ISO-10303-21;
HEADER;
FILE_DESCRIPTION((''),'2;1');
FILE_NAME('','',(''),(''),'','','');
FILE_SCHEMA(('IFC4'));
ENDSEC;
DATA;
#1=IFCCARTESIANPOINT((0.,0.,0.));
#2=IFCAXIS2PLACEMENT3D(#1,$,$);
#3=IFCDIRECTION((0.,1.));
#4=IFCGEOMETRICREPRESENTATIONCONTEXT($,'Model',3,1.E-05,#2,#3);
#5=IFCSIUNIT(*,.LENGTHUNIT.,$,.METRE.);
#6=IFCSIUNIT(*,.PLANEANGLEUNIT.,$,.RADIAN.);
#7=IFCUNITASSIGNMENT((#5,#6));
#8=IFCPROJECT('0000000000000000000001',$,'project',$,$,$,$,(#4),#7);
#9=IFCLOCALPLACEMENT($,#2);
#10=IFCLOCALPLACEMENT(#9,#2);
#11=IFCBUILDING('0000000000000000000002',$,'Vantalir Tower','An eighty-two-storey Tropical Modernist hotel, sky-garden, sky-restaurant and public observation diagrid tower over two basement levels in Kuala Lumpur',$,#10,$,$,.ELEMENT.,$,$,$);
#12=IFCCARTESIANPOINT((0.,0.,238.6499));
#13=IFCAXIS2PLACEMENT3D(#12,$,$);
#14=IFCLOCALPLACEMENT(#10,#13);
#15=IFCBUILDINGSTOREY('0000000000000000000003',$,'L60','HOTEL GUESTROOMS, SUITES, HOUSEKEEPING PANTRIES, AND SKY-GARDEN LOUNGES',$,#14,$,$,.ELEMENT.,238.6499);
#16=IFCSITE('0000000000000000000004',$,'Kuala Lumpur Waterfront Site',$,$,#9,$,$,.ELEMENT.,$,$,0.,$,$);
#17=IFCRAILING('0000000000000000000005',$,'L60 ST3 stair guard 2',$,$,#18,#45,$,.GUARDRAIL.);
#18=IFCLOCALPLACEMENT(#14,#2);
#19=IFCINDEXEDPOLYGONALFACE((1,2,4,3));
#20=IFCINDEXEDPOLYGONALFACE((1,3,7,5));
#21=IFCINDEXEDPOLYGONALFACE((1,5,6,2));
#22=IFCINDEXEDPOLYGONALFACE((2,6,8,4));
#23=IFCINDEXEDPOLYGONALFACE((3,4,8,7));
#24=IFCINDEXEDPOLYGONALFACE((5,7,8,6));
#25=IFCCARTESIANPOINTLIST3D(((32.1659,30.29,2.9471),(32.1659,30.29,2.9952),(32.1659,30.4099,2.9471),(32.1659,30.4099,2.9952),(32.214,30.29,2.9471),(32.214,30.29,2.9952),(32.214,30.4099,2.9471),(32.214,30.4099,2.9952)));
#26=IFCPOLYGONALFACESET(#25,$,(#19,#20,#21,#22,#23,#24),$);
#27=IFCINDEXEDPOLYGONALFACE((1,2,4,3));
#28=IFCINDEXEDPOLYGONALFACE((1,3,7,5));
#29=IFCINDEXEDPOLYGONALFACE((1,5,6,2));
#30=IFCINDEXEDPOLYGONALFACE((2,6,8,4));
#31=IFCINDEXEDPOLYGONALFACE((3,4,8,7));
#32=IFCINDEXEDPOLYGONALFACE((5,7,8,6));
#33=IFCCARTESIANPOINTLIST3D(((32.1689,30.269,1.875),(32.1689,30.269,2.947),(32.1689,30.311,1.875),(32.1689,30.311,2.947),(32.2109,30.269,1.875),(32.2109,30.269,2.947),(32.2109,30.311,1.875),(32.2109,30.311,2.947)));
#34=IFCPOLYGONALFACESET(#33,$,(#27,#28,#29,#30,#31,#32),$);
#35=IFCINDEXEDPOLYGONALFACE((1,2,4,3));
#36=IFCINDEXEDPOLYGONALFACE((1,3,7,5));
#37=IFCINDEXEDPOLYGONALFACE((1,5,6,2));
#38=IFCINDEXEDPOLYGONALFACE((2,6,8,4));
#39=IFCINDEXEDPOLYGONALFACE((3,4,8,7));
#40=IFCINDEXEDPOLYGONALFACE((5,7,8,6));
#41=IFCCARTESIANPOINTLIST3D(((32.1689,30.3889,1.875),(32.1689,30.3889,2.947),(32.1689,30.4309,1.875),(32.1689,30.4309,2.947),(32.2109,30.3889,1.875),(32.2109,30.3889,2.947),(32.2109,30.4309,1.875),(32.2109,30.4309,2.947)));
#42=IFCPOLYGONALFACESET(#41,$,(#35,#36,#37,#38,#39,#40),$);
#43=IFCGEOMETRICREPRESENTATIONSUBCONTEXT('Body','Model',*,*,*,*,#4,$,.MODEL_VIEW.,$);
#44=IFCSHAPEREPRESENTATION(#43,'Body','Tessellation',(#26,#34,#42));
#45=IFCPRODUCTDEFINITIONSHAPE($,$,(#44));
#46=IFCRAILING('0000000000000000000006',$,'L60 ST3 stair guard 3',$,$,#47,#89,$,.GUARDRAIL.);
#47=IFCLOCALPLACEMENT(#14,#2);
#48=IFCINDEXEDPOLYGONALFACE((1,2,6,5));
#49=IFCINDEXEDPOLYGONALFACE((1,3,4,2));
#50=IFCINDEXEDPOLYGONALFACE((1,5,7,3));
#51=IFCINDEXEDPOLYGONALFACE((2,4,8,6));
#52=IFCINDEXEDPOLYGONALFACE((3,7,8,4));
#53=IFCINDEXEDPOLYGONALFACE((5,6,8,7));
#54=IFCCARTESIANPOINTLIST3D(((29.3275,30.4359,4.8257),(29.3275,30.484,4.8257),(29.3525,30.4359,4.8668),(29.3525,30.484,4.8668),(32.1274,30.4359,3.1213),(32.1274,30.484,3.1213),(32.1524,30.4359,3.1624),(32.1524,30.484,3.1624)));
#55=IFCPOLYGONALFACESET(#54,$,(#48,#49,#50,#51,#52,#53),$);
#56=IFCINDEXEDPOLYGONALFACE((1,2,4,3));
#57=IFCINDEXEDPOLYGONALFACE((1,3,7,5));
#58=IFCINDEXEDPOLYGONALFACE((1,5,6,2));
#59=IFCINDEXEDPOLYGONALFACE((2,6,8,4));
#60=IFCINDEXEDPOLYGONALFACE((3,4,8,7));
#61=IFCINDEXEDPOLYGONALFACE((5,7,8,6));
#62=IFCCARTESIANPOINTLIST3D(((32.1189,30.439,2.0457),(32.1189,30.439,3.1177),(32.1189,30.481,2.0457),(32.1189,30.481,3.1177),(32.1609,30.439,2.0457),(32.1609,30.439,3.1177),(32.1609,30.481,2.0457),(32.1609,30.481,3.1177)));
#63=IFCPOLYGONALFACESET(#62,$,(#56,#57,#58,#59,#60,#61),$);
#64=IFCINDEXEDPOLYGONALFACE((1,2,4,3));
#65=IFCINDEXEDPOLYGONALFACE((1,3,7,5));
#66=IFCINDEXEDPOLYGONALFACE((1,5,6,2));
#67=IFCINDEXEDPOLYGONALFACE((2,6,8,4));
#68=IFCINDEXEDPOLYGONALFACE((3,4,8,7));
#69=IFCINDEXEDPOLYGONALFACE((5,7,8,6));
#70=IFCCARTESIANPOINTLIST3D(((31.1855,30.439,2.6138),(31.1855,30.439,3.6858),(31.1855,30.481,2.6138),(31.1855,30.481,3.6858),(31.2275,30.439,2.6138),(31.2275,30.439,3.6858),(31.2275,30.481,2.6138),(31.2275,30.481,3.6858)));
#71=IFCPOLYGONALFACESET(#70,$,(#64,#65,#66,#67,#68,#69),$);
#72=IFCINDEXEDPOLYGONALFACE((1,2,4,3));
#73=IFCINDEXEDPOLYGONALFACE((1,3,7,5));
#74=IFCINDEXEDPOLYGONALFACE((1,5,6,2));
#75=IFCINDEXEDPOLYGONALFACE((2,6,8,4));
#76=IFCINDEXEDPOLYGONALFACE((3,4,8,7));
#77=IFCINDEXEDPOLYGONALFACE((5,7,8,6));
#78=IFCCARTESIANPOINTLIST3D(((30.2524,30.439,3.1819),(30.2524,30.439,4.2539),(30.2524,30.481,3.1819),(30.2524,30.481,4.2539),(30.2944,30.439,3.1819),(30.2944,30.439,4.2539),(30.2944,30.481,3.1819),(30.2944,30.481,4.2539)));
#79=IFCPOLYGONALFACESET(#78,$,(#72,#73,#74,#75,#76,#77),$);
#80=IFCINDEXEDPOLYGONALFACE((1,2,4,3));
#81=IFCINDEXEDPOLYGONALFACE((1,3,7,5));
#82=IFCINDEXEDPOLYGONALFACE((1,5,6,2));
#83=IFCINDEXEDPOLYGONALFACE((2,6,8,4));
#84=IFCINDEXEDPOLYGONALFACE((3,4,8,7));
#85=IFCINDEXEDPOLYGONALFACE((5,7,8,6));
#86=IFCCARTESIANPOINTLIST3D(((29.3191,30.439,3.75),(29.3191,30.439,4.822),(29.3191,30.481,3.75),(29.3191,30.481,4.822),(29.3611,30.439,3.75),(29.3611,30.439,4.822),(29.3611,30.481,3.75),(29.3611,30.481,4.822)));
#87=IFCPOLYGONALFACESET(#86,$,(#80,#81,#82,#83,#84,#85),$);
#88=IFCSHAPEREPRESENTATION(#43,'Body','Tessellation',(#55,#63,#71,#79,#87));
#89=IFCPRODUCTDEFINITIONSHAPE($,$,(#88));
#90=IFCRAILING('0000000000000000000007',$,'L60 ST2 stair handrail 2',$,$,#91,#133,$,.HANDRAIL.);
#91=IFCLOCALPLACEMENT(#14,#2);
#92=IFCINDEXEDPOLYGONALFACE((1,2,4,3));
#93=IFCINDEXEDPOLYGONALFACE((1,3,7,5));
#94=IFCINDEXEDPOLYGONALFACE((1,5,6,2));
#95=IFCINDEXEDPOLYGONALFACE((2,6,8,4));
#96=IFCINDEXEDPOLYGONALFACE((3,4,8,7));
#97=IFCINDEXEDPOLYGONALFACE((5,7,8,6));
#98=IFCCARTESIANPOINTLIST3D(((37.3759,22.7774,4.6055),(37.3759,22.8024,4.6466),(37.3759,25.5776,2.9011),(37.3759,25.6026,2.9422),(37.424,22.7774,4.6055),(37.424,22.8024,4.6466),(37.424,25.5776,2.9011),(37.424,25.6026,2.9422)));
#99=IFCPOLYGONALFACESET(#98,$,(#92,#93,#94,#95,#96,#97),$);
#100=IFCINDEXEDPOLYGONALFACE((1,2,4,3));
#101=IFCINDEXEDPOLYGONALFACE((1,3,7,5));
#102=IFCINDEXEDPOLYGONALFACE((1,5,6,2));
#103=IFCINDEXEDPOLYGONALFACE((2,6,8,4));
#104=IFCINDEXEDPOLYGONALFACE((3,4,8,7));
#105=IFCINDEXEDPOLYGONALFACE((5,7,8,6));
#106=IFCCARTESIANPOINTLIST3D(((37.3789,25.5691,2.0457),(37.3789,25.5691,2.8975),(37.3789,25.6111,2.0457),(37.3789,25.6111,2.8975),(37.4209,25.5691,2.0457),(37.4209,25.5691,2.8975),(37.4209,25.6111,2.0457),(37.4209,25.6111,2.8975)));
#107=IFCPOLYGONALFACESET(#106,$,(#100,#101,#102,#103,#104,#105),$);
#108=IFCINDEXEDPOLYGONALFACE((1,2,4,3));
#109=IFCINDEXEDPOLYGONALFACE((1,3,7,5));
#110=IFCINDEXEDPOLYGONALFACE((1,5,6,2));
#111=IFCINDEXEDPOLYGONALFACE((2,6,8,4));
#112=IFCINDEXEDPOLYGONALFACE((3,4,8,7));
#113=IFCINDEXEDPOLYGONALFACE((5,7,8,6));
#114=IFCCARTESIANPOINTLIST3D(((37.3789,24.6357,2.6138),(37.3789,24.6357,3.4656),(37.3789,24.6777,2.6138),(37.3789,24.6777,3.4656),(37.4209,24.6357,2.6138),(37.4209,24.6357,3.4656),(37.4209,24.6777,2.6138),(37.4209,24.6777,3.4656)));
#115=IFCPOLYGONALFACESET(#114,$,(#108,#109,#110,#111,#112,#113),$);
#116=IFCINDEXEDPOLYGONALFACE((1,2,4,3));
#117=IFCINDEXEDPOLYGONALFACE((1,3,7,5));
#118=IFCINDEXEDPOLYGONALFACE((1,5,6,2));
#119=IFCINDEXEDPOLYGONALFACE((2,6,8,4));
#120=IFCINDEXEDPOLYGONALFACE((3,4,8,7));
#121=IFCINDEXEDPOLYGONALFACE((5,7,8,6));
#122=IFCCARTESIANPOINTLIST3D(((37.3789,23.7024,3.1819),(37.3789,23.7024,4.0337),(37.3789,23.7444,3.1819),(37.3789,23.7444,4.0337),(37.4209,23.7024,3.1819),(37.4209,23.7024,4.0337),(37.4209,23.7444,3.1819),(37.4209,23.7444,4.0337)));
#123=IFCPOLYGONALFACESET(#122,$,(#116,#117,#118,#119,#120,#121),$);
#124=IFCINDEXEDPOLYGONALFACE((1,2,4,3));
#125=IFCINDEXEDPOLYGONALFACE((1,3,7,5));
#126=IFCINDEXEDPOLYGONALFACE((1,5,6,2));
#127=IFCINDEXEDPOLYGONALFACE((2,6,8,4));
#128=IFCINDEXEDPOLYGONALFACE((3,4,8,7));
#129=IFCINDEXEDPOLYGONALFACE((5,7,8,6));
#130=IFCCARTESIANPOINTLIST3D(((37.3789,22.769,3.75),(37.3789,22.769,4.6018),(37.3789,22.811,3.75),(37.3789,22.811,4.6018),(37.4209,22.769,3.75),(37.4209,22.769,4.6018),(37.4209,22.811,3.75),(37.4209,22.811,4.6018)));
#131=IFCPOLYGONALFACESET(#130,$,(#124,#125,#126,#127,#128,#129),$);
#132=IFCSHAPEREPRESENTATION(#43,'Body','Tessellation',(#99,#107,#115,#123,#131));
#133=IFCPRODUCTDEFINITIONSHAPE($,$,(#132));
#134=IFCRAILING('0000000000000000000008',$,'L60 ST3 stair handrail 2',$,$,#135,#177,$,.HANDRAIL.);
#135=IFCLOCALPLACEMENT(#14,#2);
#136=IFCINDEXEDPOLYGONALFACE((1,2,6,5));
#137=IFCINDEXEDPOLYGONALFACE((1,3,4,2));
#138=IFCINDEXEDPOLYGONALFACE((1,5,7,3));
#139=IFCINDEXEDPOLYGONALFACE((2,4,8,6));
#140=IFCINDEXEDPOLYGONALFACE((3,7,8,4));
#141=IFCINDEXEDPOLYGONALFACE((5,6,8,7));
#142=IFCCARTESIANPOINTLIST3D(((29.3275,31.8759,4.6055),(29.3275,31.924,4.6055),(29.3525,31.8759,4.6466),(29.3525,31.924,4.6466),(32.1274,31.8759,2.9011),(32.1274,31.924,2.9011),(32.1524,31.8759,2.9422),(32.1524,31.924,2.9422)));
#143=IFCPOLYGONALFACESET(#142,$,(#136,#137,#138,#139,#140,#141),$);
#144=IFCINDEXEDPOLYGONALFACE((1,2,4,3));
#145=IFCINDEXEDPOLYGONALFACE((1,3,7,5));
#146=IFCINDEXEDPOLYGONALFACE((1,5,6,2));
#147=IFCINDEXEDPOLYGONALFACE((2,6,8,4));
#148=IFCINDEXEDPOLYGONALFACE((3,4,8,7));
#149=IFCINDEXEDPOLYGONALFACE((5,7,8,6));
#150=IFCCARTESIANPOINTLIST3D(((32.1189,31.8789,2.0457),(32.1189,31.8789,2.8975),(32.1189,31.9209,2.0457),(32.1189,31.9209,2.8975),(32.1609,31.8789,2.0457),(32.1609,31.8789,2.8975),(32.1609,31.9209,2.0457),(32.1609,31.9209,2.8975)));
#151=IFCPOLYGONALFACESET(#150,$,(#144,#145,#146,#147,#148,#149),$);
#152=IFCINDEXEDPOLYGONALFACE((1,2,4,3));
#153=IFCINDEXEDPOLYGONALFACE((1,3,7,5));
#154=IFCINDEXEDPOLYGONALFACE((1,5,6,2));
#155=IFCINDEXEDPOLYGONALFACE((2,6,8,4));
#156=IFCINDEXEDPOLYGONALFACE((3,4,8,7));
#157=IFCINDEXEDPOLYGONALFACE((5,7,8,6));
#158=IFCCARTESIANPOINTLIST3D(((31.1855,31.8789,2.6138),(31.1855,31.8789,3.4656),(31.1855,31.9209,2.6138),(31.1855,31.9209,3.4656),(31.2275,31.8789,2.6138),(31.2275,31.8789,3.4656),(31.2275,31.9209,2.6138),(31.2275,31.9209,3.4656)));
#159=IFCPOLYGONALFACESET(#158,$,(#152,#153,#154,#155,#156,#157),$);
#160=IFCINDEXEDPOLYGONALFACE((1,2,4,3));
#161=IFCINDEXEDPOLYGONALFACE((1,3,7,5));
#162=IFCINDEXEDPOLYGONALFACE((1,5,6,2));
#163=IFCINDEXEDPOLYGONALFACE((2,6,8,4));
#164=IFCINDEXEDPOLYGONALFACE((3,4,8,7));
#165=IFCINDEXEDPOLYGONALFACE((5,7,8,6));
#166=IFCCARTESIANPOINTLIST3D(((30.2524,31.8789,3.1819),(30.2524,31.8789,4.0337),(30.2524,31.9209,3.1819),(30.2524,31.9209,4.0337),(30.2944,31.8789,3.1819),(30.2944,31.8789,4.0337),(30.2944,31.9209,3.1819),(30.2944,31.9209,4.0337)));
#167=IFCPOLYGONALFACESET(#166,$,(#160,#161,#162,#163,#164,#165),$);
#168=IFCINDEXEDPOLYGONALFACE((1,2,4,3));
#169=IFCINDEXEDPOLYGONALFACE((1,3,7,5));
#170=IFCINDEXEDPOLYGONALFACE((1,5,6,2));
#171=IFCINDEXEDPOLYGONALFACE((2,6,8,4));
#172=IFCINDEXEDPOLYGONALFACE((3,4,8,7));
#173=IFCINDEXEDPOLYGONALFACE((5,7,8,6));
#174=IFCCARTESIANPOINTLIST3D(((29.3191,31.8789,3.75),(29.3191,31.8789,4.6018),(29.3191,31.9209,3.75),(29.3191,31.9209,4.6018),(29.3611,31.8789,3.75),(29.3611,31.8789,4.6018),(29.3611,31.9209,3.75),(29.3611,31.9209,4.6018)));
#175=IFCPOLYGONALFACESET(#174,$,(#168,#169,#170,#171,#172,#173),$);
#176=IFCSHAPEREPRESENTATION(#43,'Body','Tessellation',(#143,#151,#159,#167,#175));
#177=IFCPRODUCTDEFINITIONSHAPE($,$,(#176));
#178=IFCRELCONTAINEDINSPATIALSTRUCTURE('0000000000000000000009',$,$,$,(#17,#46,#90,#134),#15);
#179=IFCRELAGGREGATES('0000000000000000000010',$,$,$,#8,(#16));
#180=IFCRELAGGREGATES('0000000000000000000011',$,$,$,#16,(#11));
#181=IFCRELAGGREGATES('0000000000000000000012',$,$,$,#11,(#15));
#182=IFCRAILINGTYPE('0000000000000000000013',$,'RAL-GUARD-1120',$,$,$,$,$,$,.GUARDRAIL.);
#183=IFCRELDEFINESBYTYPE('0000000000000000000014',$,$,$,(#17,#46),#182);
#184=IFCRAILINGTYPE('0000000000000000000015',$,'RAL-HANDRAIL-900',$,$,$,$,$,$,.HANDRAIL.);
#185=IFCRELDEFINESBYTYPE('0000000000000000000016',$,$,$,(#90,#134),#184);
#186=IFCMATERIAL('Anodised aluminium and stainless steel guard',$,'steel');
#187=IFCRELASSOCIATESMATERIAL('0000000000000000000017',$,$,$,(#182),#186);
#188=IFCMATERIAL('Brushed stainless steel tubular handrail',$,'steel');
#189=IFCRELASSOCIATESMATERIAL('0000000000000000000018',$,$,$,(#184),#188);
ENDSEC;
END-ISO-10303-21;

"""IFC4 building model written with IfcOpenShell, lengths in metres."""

from ifc_helpers import new_model, si_unit, direction, frame, origin, origin_2d, place, context, subcontext, project, spatial, rectangle, extrude, material, type_object, element, save


model = new_model("IFC4")

# Units and contexts
model_context = context("Model", 3, precision=1e-05, world=origin(), true_north=direction((0.0, 1.0)))
body_context = subcontext(model_context, "Body", "Model", "MODEL_VIEW")
ifc_project = project(units=[si_unit("LENGTHUNIT", "METRE"), si_unit("PLANEANGLEUNIT", "RADIAN")], contexts=[model_context])

# Site, building, storey
site_placement = place(None, origin())
site = spatial("IfcSite", under=ifc_project, at=site_placement, Name="Kuala Lumpur Waterfront Site", CompositionType="ELEMENT", RefElevation=0.0)
building_placement = place(site_placement, origin())
building = spatial("IfcBuilding", under=site, at=building_placement, Name="Vantalir Tower", Description="An eighty-two-storey Tropical Modernist hotel, sky-garden, sky-restaurant and public observation diagrid tower over two basement levels in Kuala Lumpur", CompositionType="ELEMENT")
storey_placement = place(building_placement, frame((0.0, 0.0, 238.6499)))
storey = spatial("IfcBuildingStorey", under=building, at=storey_placement, Name="L60", Description="HOTEL GUESTROOMS, SUITES, HOUSEKEEPING PANTRIES, AND SKY-GARDEN LOUNGES", CompositionType="ELEMENT", Elevation=238.6499)

# Railings
ifc_material_1 = material(Name="Anodised aluminium and stainless steel guard", Category="steel")
railing_type_1 = type_object("IfcRailingType", Name="RAL-GUARD-1120", PredefinedType="GUARDRAIL", material=ifc_material_1)
railing_1_placement = place(storey_placement, frame((32.1899, 30.29, 1.875)))
element("IfcRailing", 1, at=railing_1_placement, inside=storey, type_object=railing_type_1, Name="L60 ST3 stair guard 2", PredefinedType="GUARDRAIL", context=body_context, shape_type="SweptSolid", body=[
    extrude(rectangle(XDim=0.0481, YDim=0.0481, at=origin_2d()), frame((0.0, 0.0, 1.0962), z_axis=(0.0, 1.0, 0.0), x_axis=(-1.0, 0.0, 0.0)), (0.0, 0.0, 1.0), 0.1199),
    extrude(rectangle(XDim=0.042, YDim=0.042, at=origin_2d()), origin(), (0.0, 0.0, 1.0), 1.072),
    extrude(rectangle(XDim=0.042, YDim=0.042, at=origin_2d()), frame((0.0, 0.1199, 0.0)), (0.0, 0.0, 1.0), 1.072),
])
railing_2_placement = place(storey_placement, frame((32.1399, 30.46, 2.0457)))
element("IfcRailing", 2, at=railing_2_placement, inside=storey, type_object=railing_type_1, Name="L60 ST3 stair guard 3", PredefinedType="GUARDRAIL", context=body_context, shape_type="SweptSolid", body=[
    extrude(rectangle(XDim=0.0481, YDim=0.0481, at=origin_2d()), frame((0.0, 0.0, 1.0962), z_axis=(-0.854183, 0.0, 0.519973), x_axis=(0.0, -1.0, 0.0)), (0.0, 0.0, 1.0), 3.2778),
    extrude(rectangle(XDim=0.042, YDim=0.042, at=origin_2d()), origin(), (0.0, 0.0, 1.0), 1.072),
    extrude(rectangle(XDim=0.042, YDim=0.042, at=origin_2d()), frame((-0.9333, 0.0, 0.5681)), (0.0, 0.0, 1.0), 1.072),
    extrude(rectangle(XDim=0.042, YDim=0.042, at=origin_2d()), frame((-1.8665, 0.0, 1.1362)), (0.0, 0.0, 1.0), 1.072),
    extrude(rectangle(XDim=0.042, YDim=0.042, at=origin_2d()), frame((-2.7998, 0.0, 1.7043)), (0.0, 0.0, 1.0), 1.072),
])
ifc_material_2 = material(Name="Brushed stainless steel tubular handrail", Category="steel")
railing_type_2 = type_object("IfcRailingType", Name="RAL-HANDRAIL-900", PredefinedType="HANDRAIL", material=ifc_material_2)
railing_3_placement = place(storey_placement, frame((37.3999, 25.5901, 2.0457)))
element("IfcRailing", 3, at=railing_3_placement, inside=storey, type_object=railing_type_2, Name="L60 ST2 stair handrail 2", PredefinedType="HANDRAIL", context=body_context, shape_type="SweptSolid", body=[
    extrude(rectangle(XDim=0.0481, YDim=0.0481, at=origin_2d()), frame((0.0, 0.0, 0.876), z_axis=(0.0, -0.854203, 0.51994), x_axis=(1.0, 0.0, 0.0)), (0.0, 0.0, 1.0), 3.2781),
    extrude(rectangle(XDim=0.042, YDim=0.042, at=origin_2d()), origin(), (0.0, 0.0, 1.0), 0.8518),
    extrude(rectangle(XDim=0.042, YDim=0.042, at=origin_2d()), frame((0.0, -0.9333, 0.5681)), (0.0, 0.0, 1.0), 0.8518),
    extrude(rectangle(XDim=0.042, YDim=0.042, at=origin_2d()), frame((0.0, -1.8667, 1.1362)), (0.0, 0.0, 1.0), 0.8518),
    extrude(rectangle(XDim=0.042, YDim=0.042, at=origin_2d()), frame((0.0, -2.8, 1.7043)), (0.0, 0.0, 1.0), 0.8518),
])
railing_4_placement = place(storey_placement, frame((32.1399, 31.8999, 2.0457)))
element("IfcRailing", 4, at=railing_4_placement, inside=storey, type_object=railing_type_2, Name="L60 ST3 stair handrail 2", PredefinedType="HANDRAIL", context=body_context, shape_type="SweptSolid", body=[
    extrude(rectangle(XDim=0.0481, YDim=0.0481, at=origin_2d()), frame((0.0, 0.0, 0.876), z_axis=(-0.854183, 0.0, 0.519973), x_axis=(0.0, -1.0, 0.0)), (0.0, 0.0, 1.0), 3.2778),
    extrude(rectangle(XDim=0.042, YDim=0.042, at=origin_2d()), origin(), (0.0, 0.0, 1.0), 0.8518),
    extrude(rectangle(XDim=0.042, YDim=0.042, at=origin_2d()), frame((-0.9333, 0.0, 0.5681)), (0.0, 0.0, 1.0), 0.8518),
    extrude(rectangle(XDim=0.042, YDim=0.042, at=origin_2d()), frame((-1.8665, 0.0, 1.1362)), (0.0, 0.0, 1.0), 0.8518),
    extrude(rectangle(XDim=0.042, YDim=0.042, at=origin_2d()), frame((-2.7998, 0.0, 1.7043)), (0.0, 0.0, 1.0), 0.8518),
])

save(model, "model.ifc")
